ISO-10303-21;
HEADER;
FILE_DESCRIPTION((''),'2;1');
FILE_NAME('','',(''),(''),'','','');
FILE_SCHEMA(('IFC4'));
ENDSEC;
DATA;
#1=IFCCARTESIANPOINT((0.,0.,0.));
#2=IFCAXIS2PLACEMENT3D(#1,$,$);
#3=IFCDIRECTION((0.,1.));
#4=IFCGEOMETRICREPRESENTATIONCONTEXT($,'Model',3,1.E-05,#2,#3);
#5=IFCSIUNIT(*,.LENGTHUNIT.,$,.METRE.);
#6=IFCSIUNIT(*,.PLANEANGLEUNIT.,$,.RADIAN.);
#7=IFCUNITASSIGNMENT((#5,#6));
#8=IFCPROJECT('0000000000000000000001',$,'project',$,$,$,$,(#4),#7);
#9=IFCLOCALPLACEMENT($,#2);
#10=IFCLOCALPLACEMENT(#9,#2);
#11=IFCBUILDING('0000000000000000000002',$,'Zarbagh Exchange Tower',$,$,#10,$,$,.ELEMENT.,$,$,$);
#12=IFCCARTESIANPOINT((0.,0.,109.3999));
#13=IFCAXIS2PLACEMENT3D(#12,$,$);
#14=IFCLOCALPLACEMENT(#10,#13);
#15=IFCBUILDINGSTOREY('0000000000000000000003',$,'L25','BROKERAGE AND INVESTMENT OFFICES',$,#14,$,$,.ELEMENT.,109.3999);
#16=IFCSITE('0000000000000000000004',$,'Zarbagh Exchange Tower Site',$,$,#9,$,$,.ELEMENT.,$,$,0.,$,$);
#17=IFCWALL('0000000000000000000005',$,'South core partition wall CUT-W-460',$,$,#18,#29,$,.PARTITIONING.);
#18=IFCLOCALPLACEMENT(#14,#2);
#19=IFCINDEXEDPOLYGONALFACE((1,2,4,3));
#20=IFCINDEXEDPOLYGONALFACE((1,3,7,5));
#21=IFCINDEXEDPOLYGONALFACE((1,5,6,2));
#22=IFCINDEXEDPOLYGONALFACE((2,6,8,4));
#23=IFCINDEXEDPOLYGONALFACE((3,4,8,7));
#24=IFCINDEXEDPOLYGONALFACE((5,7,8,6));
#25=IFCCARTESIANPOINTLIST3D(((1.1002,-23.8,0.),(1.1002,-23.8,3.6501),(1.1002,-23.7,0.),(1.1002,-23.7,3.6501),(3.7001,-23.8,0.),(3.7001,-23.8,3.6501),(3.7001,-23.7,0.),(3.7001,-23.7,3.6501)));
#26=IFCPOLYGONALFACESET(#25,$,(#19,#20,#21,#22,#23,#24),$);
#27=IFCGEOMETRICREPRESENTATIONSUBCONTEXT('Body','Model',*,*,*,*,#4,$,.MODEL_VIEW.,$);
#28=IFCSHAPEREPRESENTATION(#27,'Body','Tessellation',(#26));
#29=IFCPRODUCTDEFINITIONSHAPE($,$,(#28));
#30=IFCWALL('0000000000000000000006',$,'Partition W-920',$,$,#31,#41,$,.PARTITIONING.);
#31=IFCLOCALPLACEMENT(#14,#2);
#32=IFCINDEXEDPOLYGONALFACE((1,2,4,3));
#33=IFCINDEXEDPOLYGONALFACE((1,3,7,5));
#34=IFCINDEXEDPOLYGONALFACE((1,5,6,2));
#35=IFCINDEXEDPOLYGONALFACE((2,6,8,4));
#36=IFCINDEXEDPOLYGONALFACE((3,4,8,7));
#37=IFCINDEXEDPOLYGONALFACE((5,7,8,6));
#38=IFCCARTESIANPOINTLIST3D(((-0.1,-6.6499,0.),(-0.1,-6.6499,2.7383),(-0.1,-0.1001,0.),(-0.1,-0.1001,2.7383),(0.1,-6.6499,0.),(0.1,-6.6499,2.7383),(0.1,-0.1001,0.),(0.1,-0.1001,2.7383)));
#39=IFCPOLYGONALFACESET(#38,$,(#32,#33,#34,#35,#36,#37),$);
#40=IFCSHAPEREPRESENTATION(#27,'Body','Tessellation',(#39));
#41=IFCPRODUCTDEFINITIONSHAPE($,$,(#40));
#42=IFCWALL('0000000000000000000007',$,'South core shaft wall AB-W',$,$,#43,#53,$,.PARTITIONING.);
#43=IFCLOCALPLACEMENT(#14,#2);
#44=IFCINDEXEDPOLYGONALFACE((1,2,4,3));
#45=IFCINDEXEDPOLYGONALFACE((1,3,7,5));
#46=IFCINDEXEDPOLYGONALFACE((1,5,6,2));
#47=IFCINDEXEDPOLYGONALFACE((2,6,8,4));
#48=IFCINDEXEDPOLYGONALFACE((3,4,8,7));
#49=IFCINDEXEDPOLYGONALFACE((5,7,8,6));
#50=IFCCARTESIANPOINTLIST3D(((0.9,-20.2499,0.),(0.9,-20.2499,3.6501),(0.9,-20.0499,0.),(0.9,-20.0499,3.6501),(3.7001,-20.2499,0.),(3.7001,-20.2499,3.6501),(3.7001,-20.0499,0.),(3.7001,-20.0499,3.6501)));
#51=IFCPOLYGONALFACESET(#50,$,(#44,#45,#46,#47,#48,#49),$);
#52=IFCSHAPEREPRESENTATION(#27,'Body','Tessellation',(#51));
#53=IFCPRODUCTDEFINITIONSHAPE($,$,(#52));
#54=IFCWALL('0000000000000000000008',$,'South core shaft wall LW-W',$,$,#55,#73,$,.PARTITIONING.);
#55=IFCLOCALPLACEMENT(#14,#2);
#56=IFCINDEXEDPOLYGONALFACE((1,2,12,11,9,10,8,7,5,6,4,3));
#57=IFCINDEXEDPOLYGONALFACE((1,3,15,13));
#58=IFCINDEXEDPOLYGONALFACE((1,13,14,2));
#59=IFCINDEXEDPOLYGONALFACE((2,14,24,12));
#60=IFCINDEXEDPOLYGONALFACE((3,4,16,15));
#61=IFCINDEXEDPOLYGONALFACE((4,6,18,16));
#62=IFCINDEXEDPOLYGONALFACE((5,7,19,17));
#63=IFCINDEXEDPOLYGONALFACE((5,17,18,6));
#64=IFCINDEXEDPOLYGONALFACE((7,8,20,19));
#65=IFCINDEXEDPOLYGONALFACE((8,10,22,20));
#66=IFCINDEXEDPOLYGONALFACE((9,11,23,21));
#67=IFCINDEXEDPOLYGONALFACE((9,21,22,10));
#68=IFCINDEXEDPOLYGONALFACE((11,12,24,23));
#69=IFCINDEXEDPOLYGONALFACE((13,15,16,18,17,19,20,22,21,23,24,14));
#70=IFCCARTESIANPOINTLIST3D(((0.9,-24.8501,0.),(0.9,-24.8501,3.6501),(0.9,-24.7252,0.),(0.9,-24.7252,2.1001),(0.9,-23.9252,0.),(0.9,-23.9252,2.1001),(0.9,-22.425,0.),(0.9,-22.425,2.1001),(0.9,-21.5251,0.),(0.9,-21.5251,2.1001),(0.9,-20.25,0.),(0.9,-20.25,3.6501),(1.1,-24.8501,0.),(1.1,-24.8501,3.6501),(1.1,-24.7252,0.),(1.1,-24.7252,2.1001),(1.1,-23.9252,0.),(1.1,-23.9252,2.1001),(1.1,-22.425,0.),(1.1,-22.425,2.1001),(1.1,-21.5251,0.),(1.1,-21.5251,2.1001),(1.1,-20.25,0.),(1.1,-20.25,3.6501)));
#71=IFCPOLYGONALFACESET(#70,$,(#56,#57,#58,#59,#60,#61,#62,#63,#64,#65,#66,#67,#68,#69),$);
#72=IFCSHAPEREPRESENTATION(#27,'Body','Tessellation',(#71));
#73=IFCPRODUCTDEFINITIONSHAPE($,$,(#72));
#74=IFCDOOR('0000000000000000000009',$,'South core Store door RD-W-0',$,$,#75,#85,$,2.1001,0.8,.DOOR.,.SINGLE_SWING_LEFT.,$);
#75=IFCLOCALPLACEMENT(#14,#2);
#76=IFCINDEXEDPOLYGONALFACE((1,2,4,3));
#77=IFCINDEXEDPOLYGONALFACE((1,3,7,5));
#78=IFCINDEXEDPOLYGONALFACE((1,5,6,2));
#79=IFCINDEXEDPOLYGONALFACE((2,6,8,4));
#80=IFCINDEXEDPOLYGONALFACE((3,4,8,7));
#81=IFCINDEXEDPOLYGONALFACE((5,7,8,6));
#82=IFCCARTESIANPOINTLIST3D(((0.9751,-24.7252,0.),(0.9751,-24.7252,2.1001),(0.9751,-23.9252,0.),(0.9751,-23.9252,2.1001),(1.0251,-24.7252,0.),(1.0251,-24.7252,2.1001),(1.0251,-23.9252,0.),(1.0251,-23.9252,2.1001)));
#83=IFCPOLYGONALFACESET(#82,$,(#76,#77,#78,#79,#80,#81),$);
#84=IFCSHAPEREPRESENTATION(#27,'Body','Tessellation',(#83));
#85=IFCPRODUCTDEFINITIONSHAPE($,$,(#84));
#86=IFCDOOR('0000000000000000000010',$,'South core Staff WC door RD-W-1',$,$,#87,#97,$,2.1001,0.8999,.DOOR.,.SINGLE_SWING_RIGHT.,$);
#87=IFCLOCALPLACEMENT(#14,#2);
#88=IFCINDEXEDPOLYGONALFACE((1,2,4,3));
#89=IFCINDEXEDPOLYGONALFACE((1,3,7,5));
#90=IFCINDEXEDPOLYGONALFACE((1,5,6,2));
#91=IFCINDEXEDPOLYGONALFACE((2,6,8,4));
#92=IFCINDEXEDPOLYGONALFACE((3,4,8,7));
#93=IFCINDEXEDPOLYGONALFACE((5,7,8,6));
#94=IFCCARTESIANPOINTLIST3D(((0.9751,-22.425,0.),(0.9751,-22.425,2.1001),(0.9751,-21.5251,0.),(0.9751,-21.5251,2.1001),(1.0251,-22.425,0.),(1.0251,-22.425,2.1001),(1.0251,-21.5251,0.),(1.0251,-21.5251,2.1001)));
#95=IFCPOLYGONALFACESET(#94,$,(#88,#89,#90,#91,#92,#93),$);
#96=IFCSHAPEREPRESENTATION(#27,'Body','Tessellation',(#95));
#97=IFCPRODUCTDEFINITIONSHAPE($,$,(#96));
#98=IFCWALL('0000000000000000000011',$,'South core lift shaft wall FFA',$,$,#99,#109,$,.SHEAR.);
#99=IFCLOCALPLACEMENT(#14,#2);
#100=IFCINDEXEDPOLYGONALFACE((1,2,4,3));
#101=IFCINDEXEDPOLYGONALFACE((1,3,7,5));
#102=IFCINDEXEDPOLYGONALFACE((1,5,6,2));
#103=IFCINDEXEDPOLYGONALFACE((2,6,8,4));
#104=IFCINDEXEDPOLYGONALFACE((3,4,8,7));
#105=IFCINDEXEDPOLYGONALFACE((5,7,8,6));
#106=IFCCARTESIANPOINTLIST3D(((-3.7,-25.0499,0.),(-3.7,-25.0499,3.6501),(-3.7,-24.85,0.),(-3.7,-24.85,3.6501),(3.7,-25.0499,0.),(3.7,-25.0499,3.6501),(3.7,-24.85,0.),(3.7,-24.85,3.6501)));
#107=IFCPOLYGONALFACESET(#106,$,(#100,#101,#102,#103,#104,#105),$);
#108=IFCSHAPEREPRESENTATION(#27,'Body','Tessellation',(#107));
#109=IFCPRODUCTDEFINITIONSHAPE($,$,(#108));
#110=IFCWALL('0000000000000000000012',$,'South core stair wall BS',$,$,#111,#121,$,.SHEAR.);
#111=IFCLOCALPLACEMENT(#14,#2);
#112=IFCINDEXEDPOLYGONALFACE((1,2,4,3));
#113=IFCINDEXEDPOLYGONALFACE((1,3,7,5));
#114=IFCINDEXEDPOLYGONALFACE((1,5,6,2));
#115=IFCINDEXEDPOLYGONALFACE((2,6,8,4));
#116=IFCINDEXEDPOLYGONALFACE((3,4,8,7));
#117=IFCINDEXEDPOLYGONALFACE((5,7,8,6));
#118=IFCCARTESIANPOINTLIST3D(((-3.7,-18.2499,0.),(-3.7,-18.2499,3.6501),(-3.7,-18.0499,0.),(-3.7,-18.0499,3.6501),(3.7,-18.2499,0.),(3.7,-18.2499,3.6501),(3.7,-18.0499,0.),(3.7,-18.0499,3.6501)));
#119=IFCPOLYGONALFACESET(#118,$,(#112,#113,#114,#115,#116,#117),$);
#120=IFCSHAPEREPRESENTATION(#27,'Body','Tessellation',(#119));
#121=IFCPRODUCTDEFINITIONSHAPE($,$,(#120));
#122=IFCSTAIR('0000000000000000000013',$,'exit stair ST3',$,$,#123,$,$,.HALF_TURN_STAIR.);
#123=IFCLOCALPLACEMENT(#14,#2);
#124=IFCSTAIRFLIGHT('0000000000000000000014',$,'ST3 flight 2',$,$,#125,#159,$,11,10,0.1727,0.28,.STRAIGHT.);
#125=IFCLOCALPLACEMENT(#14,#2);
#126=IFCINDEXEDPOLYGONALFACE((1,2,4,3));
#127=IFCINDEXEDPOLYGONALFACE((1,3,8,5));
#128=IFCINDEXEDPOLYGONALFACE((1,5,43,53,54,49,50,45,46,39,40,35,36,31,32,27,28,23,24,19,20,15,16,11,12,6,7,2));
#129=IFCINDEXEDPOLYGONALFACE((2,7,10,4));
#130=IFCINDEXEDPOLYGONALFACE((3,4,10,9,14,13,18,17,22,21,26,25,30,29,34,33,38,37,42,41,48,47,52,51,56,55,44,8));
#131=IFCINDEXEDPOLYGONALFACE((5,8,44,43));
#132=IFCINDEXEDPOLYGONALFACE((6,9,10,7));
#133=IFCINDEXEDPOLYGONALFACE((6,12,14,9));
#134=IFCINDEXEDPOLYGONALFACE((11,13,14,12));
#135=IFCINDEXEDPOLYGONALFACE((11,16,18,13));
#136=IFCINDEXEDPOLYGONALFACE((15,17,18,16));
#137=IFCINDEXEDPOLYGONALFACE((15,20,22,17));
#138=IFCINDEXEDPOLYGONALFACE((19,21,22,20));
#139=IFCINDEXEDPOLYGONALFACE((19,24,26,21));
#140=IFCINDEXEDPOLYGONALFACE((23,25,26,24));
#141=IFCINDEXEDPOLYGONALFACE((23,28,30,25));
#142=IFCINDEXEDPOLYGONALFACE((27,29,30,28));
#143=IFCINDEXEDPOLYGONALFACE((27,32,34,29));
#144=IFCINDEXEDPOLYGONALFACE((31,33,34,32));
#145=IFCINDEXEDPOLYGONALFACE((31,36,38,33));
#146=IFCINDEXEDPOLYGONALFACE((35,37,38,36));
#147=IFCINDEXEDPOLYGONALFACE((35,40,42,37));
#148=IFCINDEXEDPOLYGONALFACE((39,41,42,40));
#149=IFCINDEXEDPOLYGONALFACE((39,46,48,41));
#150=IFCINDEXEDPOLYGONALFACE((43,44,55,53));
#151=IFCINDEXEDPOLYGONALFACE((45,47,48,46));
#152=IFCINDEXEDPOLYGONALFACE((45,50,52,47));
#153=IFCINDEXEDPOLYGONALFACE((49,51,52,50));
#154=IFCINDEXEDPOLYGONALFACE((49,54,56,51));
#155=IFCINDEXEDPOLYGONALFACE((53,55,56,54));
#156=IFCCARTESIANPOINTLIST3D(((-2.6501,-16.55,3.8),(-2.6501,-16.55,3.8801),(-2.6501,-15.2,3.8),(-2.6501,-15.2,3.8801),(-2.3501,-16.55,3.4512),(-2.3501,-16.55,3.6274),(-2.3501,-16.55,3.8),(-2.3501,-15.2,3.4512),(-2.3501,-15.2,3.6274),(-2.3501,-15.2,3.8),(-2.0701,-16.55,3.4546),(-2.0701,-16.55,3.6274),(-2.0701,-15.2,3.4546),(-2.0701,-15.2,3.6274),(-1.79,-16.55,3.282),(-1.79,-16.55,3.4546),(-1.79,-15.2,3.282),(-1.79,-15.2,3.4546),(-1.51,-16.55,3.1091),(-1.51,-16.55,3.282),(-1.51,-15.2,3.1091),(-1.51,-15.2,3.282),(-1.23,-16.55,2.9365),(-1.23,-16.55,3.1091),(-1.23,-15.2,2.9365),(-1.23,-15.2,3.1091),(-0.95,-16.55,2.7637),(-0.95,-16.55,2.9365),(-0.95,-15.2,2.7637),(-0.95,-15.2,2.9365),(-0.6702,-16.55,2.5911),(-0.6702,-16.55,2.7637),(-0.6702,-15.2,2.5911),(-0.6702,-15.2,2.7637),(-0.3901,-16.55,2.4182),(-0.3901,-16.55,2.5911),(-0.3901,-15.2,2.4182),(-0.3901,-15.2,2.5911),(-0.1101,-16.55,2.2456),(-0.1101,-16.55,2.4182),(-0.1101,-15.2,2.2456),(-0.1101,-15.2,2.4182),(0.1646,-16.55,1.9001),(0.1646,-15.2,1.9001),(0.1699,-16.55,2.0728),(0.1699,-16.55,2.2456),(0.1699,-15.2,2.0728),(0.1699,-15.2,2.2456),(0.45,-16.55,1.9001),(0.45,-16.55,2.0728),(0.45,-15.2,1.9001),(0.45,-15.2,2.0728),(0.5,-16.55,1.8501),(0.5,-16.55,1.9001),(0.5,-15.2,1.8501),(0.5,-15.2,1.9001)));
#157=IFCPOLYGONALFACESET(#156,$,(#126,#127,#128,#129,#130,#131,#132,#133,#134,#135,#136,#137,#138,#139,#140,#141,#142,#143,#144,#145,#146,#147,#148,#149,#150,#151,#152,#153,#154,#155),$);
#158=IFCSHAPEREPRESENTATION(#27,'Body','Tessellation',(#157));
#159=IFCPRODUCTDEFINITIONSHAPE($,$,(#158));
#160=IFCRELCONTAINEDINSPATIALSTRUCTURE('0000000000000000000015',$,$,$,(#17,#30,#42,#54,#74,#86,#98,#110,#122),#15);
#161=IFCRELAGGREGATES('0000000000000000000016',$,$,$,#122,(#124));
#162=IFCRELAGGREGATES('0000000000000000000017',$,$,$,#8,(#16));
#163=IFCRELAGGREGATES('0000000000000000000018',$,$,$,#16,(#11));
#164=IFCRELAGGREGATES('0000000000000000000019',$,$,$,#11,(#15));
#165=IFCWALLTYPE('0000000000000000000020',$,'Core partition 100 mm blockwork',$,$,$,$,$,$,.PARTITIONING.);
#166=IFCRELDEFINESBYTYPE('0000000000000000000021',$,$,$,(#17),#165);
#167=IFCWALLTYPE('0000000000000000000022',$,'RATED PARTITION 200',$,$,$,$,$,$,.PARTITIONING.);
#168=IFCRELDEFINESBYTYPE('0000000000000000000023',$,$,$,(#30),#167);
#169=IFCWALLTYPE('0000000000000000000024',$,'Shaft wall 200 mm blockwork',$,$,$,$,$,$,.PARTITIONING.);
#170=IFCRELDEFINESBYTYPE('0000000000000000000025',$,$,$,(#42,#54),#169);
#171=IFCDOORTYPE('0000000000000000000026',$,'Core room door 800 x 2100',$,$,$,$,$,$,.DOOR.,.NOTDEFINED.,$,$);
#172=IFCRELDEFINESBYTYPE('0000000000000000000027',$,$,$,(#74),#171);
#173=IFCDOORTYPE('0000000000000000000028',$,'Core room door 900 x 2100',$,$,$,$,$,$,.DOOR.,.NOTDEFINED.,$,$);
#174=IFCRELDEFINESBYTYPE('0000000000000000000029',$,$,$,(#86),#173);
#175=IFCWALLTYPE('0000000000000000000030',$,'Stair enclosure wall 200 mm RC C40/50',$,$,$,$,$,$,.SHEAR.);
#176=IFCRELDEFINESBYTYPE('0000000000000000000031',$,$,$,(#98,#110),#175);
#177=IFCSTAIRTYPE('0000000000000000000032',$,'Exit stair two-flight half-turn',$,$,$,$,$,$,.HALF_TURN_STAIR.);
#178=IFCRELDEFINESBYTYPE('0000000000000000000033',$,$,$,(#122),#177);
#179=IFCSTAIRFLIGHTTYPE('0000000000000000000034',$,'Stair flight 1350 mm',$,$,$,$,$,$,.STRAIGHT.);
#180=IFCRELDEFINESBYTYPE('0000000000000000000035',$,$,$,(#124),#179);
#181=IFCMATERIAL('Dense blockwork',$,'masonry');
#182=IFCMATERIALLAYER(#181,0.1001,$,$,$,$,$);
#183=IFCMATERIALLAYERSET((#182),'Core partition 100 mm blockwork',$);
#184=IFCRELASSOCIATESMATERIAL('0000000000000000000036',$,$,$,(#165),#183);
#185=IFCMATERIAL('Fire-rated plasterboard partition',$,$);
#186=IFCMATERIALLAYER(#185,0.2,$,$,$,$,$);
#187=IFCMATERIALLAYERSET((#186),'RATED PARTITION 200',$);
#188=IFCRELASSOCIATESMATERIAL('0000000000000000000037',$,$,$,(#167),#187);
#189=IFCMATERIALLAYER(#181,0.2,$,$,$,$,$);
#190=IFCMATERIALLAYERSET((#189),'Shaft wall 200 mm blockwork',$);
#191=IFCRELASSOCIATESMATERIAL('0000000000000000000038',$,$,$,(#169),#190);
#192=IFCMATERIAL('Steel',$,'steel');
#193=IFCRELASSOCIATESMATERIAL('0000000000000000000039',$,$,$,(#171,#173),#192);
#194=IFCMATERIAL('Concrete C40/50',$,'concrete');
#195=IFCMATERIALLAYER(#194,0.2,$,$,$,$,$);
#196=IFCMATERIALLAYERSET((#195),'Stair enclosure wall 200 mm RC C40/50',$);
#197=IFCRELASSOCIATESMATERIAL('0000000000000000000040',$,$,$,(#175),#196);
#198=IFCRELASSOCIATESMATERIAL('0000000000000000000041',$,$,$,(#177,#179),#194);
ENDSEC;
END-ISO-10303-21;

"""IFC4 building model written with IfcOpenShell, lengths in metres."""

from ifc_helpers import new_model, si_unit, direction, frame, frame_2d, origin, place, context, subcontext, project, spatial, polyline, rectangle, outline, extrude, material, layer, layer_set, type_object, element, fill, aggregate, save


model = new_model("IFC4")

# Units and contexts
model_context = context("Model", 3, precision=1e-05, world=origin(), true_north=direction((0.0, 1.0)))
body_context = subcontext(model_context, "Body", "Model", "MODEL_VIEW")
ifc_project = project(units=[si_unit("LENGTHUNIT", "METRE"), si_unit("PLANEANGLEUNIT", "RADIAN")], contexts=[model_context])

# Site, building, storey
site_placement = place(None, origin())
site = spatial("IfcSite", under=ifc_project, at=site_placement, Name="Zarbagh Exchange Tower Site", CompositionType="ELEMENT", RefElevation=0.0)
building_placement = place(site_placement, origin())
building = spatial("IfcBuilding", under=site, at=building_placement, Name="Zarbagh Exchange Tower", CompositionType="ELEMENT")
storey_placement = place(building_placement, frame((0.0, 0.0, 109.3999)))
storey = spatial("IfcBuildingStorey", under=building, at=storey_placement, Name="L25", Description="BROKERAGE AND INVESTMENT OFFICES", CompositionType="ELEMENT", Elevation=109.3999)

# Walls
ifc_material_1 = material(Name="Dense blockwork", Category="masonry")
ifc_layer_1 = layer(ifc_material_1, 0.1001)
ifc_layer_set_1 = layer_set([ifc_layer_1], Name="Core partition 100 mm blockwork")
wall_type_1 = type_object("IfcWallType", Name="Core partition 100 mm blockwork", PredefinedType="PARTITIONING", material=ifc_layer_set_1)
wall_1_placement = place(storey_placement, frame((3.7, -23.75, 0.0), z_axis=(0.0, 0.0, 1.0), x_axis=(-1.0, 0.0, 0.0)))
element("IfcWall", 1, at=wall_1_placement, inside=storey, type_object=wall_type_1, Name="South core partition wall CUT-W-460", PredefinedType="PARTITIONING", context=body_context, shape_type="SweptSolid", body=[
    extrude(rectangle(XDim=2.5999, YDim=0.1001, at=frame_2d((1.2998, 0.0))), origin(), (0.0, 0.0, 1.0), 3.6501),
])
ifc_material_2 = material(Name="Fire-rated plasterboard partition")
ifc_layer_2 = layer(ifc_material_2, 0.2)
ifc_layer_set_2 = layer_set([ifc_layer_2], Name="RATED PARTITION 200")
wall_type_2 = type_object("IfcWallType", Name="RATED PARTITION 200", PredefinedType="PARTITIONING", material=ifc_layer_set_2)
wall_2_placement = place(storey_placement, frame((0.0, -6.6499, 0.0), z_axis=(0.0, 0.0, 1.0), x_axis=(0.0, 1.0, 0.0)))
element("IfcWall", 2, at=wall_2_placement, inside=storey, type_object=wall_type_2, Name="Partition W-920", PredefinedType="PARTITIONING", context=body_context, shape_type="SweptSolid", body=[
    extrude(rectangle(XDim=6.5498, YDim=0.2, at=frame_2d((3.2749, 0.0))), origin(), (0.0, 0.0, 1.0), 2.7383),
])
ifc_layer_3 = layer(ifc_material_1, 0.2)
ifc_layer_set_3 = layer_set([ifc_layer_3], Name="Shaft wall 200 mm blockwork")
wall_type_3 = type_object("IfcWallType", Name="Shaft wall 200 mm blockwork", PredefinedType="PARTITIONING", material=ifc_layer_set_3)
wall_3_placement = place(storey_placement, frame((3.7, -20.1499, 0.0), z_axis=(0.0, 0.0, 1.0), x_axis=(-1.0, 0.0, 0.0)))
element("IfcWall", 3, at=wall_3_placement, inside=storey, type_object=wall_type_3, Name="South core shaft wall AB-W", PredefinedType="PARTITIONING", context=body_context, shape_type="SweptSolid", body=[
    extrude(rectangle(XDim=2.8, YDim=0.2, at=frame_2d((1.3999, 0.0))), origin(), (0.0, 0.0, 1.0), 3.6501),
])

# Wall, openings, doors
wall_4_placement = place(storey_placement, frame((1.0, -24.8501, 0.0), z_axis=(0.0, 0.0, 1.0), x_axis=(0.0, 1.0, 0.0)))
wall_4 = element("IfcWall", 4, at=wall_4_placement, inside=storey, type_object=wall_type_3, Name="South core shaft wall LW-W", PredefinedType="PARTITIONING", context=body_context, shape_type="SweptSolid", body=[
    extrude(rectangle(XDim=4.6001, YDim=0.2, at=frame_2d((2.3, 0.0))), origin(), (0.0, 0.0, 1.0), 3.6501),
])
opening_1_placement = place(wall_4_placement, frame((0.125, 0.0, 0.0)))
opening_1 = element("IfcOpeningElement", 5, at=opening_1_placement, cuts=wall_4, PredefinedType="OPENING", context=body_context, shape_type="SweptSolid", body=[
    extrude(rectangle(XDim=0.8, YDim=2.1001, at=frame_2d((0.3999, 1.05))), frame((0.0, 0.1099, 0.0), z_axis=(0.0, -1.0, 0.0), x_axis=(1.0, 0.0, 0.0)), (0.0, 0.0, 1.0), 0.22),
])
opening_2_placement = place(wall_4_placement, frame((2.425, 0.0, 0.0)))
opening_2 = element("IfcOpeningElement", 6, at=opening_2_placement, cuts=wall_4, PredefinedType="OPENING", context=body_context, shape_type="SweptSolid", body=[
    extrude(rectangle(XDim=0.8999, YDim=2.1001, at=frame_2d((0.45, 1.05))), frame((0.0, 0.1099, 0.0), z_axis=(0.0, -1.0, 0.0), x_axis=(1.0, 0.0, 0.0)), (0.0, 0.0, 1.0), 0.22),
])
ifc_material_3 = material(Name="Steel", Category="steel")
door_type_1 = type_object("IfcDoorType", Name="Core room door 800 x 2100", OperationType="NOTDEFINED", PredefinedType="DOOR", material=ifc_material_3)
door_1_placement = place(opening_1_placement, origin())
door_1 = element("IfcDoor", 7, at=door_1_placement, inside=storey, type_object=door_type_1, Name="South core Store door RD-W-0", OperationType="SINGLE_SWING_LEFT", OverallHeight=2.1001, OverallWidth=0.8, PredefinedType="DOOR", context=body_context, shape_type="SweptSolid", body=[
    extrude(rectangle(XDim=0.8, YDim=2.1001, at=frame_2d((0.3999, 1.05))), frame((0.0, 0.0249, 0.0), z_axis=(0.0, -1.0, 0.0), x_axis=(1.0, 0.0, 0.0)), (0.0, 0.0, 1.0), 0.05),
])
fill(opening_1, door_1)
door_type_2 = type_object("IfcDoorType", Name="Core room door 900 x 2100", OperationType="NOTDEFINED", PredefinedType="DOOR", material=ifc_material_3)
door_2_placement = place(opening_2_placement, origin())
door_2 = element("IfcDoor", 8, at=door_2_placement, inside=storey, type_object=door_type_2, Name="South core Staff WC door RD-W-1", OperationType="SINGLE_SWING_RIGHT", OverallHeight=2.1001, OverallWidth=0.8999, PredefinedType="DOOR", context=body_context, shape_type="SweptSolid", body=[
    extrude(rectangle(XDim=0.8999, YDim=2.1001, at=frame_2d((0.45, 1.05))), frame((0.0, 0.0249, 0.0), z_axis=(0.0, -1.0, 0.0), x_axis=(1.0, 0.0, 0.0)), (0.0, 0.0, 1.0), 0.05),
])
fill(opening_2, door_2)

# Walls
ifc_material_4 = material(Name="Concrete C40/50", Category="concrete")
ifc_layer_4 = layer(ifc_material_4, 0.2)
ifc_layer_set_4 = layer_set([ifc_layer_4], Name="Stair enclosure wall 200 mm RC C40/50")
wall_type_4 = type_object("IfcWallType", Name="Stair enclosure wall 200 mm RC C40/50", PredefinedType="SHEAR", material=ifc_layer_set_4)
for number, where, z_axis, x_axis, name in (
    (9, (3.7, -24.95, 0.0), (0.0, 0.0, 1.0), (-1.0, 0.0, 0.0), "South core lift shaft wall FFA"),
    (10, (3.7, -18.1499, 0.0), (0.0, 0.0, 1.0), (-1.0, 0.0, 0.0), "South core stair wall BS"),
):
    element("IfcWall", number, at=place(storey_placement, frame(where, z_axis=z_axis, x_axis=x_axis)), inside=storey, type_object=wall_type_4, Name=name, PredefinedType="SHEAR", context=body_context, shape_type="SweptSolid", body=[
        extrude(rectangle(XDim=7.3999, YDim=0.2, at=frame_2d((3.7, 0.0))), origin(), (0.0, 0.0, 1.0), 3.6501),
    ])

# Stair, stair flight
stair_type = type_object("IfcStairType", Name="Exit stair two-flight half-turn", PredefinedType="HALF_TURN_STAIR", material=ifc_material_4)
stair_1_placement = place(storey_placement, origin())
stair_1 = element("IfcStair", 11, at=stair_1_placement, inside=storey, type_object=stair_type, Name="exit stair ST3", PredefinedType="HALF_TURN_STAIR")
stair_flight_type_1 = type_object("IfcStairFlightType", Name="Stair flight 1350 mm", PredefinedType="STRAIGHT", material=ifc_material_4)
stair_flight_1_placement = place(storey_placement, frame((0.45, -15.875, 1.9001), z_axis=(0.0, 0.0, 1.0), x_axis=(-1.0, 0.0, 0.0)))
stair_flight_1 = element("IfcStairFlight", 12, at=stair_flight_1_placement, type_object=stair_flight_type_1, Name="ST3 flight 2", NumberOfRisers=11, NumberOfTreads=10, PredefinedType="STRAIGHT", RiserHeight=0.1727, TreadLength=0.28, context=body_context, shape_type="SweptSolid", body=[
    extrude(outline(polyline([(-0.05, -0.05), (-0.05, 0.0), (0.0, 0.0), (0.0, 0.1726), (0.28, 0.1726), (0.28, 0.3455), (0.5601, 0.3455), (0.5601, 0.5181), (0.8401, 0.5181), (0.8401, 0.6909), (1.1201, 0.6909), (1.1201, 0.8635), (1.3999, 0.8635), (1.3999, 1.0364), (1.6799, 1.0364), (1.6799, 1.209), (1.96, 1.209), (1.96, 1.3818), (2.24, 1.3818), (2.24, 1.5544), (2.52, 1.5544), (2.52, 1.7273), (2.8, 1.7273), (2.8, 1.8999), (3.1001, 1.98), (3.1001, 1.8999), (2.8, 1.551), (0.2854, 0.0), (-0.05, -0.05)])), frame((0.0, 0.675, 0.0), z_axis=(0.0, -1.0, 0.0), x_axis=(1.0, 0.0, 0.0)), (0.0, 0.0, 1.0), 1.3501),
])
aggregate(stair_1, [stair_flight_1])

save(model, "model.ifc")
